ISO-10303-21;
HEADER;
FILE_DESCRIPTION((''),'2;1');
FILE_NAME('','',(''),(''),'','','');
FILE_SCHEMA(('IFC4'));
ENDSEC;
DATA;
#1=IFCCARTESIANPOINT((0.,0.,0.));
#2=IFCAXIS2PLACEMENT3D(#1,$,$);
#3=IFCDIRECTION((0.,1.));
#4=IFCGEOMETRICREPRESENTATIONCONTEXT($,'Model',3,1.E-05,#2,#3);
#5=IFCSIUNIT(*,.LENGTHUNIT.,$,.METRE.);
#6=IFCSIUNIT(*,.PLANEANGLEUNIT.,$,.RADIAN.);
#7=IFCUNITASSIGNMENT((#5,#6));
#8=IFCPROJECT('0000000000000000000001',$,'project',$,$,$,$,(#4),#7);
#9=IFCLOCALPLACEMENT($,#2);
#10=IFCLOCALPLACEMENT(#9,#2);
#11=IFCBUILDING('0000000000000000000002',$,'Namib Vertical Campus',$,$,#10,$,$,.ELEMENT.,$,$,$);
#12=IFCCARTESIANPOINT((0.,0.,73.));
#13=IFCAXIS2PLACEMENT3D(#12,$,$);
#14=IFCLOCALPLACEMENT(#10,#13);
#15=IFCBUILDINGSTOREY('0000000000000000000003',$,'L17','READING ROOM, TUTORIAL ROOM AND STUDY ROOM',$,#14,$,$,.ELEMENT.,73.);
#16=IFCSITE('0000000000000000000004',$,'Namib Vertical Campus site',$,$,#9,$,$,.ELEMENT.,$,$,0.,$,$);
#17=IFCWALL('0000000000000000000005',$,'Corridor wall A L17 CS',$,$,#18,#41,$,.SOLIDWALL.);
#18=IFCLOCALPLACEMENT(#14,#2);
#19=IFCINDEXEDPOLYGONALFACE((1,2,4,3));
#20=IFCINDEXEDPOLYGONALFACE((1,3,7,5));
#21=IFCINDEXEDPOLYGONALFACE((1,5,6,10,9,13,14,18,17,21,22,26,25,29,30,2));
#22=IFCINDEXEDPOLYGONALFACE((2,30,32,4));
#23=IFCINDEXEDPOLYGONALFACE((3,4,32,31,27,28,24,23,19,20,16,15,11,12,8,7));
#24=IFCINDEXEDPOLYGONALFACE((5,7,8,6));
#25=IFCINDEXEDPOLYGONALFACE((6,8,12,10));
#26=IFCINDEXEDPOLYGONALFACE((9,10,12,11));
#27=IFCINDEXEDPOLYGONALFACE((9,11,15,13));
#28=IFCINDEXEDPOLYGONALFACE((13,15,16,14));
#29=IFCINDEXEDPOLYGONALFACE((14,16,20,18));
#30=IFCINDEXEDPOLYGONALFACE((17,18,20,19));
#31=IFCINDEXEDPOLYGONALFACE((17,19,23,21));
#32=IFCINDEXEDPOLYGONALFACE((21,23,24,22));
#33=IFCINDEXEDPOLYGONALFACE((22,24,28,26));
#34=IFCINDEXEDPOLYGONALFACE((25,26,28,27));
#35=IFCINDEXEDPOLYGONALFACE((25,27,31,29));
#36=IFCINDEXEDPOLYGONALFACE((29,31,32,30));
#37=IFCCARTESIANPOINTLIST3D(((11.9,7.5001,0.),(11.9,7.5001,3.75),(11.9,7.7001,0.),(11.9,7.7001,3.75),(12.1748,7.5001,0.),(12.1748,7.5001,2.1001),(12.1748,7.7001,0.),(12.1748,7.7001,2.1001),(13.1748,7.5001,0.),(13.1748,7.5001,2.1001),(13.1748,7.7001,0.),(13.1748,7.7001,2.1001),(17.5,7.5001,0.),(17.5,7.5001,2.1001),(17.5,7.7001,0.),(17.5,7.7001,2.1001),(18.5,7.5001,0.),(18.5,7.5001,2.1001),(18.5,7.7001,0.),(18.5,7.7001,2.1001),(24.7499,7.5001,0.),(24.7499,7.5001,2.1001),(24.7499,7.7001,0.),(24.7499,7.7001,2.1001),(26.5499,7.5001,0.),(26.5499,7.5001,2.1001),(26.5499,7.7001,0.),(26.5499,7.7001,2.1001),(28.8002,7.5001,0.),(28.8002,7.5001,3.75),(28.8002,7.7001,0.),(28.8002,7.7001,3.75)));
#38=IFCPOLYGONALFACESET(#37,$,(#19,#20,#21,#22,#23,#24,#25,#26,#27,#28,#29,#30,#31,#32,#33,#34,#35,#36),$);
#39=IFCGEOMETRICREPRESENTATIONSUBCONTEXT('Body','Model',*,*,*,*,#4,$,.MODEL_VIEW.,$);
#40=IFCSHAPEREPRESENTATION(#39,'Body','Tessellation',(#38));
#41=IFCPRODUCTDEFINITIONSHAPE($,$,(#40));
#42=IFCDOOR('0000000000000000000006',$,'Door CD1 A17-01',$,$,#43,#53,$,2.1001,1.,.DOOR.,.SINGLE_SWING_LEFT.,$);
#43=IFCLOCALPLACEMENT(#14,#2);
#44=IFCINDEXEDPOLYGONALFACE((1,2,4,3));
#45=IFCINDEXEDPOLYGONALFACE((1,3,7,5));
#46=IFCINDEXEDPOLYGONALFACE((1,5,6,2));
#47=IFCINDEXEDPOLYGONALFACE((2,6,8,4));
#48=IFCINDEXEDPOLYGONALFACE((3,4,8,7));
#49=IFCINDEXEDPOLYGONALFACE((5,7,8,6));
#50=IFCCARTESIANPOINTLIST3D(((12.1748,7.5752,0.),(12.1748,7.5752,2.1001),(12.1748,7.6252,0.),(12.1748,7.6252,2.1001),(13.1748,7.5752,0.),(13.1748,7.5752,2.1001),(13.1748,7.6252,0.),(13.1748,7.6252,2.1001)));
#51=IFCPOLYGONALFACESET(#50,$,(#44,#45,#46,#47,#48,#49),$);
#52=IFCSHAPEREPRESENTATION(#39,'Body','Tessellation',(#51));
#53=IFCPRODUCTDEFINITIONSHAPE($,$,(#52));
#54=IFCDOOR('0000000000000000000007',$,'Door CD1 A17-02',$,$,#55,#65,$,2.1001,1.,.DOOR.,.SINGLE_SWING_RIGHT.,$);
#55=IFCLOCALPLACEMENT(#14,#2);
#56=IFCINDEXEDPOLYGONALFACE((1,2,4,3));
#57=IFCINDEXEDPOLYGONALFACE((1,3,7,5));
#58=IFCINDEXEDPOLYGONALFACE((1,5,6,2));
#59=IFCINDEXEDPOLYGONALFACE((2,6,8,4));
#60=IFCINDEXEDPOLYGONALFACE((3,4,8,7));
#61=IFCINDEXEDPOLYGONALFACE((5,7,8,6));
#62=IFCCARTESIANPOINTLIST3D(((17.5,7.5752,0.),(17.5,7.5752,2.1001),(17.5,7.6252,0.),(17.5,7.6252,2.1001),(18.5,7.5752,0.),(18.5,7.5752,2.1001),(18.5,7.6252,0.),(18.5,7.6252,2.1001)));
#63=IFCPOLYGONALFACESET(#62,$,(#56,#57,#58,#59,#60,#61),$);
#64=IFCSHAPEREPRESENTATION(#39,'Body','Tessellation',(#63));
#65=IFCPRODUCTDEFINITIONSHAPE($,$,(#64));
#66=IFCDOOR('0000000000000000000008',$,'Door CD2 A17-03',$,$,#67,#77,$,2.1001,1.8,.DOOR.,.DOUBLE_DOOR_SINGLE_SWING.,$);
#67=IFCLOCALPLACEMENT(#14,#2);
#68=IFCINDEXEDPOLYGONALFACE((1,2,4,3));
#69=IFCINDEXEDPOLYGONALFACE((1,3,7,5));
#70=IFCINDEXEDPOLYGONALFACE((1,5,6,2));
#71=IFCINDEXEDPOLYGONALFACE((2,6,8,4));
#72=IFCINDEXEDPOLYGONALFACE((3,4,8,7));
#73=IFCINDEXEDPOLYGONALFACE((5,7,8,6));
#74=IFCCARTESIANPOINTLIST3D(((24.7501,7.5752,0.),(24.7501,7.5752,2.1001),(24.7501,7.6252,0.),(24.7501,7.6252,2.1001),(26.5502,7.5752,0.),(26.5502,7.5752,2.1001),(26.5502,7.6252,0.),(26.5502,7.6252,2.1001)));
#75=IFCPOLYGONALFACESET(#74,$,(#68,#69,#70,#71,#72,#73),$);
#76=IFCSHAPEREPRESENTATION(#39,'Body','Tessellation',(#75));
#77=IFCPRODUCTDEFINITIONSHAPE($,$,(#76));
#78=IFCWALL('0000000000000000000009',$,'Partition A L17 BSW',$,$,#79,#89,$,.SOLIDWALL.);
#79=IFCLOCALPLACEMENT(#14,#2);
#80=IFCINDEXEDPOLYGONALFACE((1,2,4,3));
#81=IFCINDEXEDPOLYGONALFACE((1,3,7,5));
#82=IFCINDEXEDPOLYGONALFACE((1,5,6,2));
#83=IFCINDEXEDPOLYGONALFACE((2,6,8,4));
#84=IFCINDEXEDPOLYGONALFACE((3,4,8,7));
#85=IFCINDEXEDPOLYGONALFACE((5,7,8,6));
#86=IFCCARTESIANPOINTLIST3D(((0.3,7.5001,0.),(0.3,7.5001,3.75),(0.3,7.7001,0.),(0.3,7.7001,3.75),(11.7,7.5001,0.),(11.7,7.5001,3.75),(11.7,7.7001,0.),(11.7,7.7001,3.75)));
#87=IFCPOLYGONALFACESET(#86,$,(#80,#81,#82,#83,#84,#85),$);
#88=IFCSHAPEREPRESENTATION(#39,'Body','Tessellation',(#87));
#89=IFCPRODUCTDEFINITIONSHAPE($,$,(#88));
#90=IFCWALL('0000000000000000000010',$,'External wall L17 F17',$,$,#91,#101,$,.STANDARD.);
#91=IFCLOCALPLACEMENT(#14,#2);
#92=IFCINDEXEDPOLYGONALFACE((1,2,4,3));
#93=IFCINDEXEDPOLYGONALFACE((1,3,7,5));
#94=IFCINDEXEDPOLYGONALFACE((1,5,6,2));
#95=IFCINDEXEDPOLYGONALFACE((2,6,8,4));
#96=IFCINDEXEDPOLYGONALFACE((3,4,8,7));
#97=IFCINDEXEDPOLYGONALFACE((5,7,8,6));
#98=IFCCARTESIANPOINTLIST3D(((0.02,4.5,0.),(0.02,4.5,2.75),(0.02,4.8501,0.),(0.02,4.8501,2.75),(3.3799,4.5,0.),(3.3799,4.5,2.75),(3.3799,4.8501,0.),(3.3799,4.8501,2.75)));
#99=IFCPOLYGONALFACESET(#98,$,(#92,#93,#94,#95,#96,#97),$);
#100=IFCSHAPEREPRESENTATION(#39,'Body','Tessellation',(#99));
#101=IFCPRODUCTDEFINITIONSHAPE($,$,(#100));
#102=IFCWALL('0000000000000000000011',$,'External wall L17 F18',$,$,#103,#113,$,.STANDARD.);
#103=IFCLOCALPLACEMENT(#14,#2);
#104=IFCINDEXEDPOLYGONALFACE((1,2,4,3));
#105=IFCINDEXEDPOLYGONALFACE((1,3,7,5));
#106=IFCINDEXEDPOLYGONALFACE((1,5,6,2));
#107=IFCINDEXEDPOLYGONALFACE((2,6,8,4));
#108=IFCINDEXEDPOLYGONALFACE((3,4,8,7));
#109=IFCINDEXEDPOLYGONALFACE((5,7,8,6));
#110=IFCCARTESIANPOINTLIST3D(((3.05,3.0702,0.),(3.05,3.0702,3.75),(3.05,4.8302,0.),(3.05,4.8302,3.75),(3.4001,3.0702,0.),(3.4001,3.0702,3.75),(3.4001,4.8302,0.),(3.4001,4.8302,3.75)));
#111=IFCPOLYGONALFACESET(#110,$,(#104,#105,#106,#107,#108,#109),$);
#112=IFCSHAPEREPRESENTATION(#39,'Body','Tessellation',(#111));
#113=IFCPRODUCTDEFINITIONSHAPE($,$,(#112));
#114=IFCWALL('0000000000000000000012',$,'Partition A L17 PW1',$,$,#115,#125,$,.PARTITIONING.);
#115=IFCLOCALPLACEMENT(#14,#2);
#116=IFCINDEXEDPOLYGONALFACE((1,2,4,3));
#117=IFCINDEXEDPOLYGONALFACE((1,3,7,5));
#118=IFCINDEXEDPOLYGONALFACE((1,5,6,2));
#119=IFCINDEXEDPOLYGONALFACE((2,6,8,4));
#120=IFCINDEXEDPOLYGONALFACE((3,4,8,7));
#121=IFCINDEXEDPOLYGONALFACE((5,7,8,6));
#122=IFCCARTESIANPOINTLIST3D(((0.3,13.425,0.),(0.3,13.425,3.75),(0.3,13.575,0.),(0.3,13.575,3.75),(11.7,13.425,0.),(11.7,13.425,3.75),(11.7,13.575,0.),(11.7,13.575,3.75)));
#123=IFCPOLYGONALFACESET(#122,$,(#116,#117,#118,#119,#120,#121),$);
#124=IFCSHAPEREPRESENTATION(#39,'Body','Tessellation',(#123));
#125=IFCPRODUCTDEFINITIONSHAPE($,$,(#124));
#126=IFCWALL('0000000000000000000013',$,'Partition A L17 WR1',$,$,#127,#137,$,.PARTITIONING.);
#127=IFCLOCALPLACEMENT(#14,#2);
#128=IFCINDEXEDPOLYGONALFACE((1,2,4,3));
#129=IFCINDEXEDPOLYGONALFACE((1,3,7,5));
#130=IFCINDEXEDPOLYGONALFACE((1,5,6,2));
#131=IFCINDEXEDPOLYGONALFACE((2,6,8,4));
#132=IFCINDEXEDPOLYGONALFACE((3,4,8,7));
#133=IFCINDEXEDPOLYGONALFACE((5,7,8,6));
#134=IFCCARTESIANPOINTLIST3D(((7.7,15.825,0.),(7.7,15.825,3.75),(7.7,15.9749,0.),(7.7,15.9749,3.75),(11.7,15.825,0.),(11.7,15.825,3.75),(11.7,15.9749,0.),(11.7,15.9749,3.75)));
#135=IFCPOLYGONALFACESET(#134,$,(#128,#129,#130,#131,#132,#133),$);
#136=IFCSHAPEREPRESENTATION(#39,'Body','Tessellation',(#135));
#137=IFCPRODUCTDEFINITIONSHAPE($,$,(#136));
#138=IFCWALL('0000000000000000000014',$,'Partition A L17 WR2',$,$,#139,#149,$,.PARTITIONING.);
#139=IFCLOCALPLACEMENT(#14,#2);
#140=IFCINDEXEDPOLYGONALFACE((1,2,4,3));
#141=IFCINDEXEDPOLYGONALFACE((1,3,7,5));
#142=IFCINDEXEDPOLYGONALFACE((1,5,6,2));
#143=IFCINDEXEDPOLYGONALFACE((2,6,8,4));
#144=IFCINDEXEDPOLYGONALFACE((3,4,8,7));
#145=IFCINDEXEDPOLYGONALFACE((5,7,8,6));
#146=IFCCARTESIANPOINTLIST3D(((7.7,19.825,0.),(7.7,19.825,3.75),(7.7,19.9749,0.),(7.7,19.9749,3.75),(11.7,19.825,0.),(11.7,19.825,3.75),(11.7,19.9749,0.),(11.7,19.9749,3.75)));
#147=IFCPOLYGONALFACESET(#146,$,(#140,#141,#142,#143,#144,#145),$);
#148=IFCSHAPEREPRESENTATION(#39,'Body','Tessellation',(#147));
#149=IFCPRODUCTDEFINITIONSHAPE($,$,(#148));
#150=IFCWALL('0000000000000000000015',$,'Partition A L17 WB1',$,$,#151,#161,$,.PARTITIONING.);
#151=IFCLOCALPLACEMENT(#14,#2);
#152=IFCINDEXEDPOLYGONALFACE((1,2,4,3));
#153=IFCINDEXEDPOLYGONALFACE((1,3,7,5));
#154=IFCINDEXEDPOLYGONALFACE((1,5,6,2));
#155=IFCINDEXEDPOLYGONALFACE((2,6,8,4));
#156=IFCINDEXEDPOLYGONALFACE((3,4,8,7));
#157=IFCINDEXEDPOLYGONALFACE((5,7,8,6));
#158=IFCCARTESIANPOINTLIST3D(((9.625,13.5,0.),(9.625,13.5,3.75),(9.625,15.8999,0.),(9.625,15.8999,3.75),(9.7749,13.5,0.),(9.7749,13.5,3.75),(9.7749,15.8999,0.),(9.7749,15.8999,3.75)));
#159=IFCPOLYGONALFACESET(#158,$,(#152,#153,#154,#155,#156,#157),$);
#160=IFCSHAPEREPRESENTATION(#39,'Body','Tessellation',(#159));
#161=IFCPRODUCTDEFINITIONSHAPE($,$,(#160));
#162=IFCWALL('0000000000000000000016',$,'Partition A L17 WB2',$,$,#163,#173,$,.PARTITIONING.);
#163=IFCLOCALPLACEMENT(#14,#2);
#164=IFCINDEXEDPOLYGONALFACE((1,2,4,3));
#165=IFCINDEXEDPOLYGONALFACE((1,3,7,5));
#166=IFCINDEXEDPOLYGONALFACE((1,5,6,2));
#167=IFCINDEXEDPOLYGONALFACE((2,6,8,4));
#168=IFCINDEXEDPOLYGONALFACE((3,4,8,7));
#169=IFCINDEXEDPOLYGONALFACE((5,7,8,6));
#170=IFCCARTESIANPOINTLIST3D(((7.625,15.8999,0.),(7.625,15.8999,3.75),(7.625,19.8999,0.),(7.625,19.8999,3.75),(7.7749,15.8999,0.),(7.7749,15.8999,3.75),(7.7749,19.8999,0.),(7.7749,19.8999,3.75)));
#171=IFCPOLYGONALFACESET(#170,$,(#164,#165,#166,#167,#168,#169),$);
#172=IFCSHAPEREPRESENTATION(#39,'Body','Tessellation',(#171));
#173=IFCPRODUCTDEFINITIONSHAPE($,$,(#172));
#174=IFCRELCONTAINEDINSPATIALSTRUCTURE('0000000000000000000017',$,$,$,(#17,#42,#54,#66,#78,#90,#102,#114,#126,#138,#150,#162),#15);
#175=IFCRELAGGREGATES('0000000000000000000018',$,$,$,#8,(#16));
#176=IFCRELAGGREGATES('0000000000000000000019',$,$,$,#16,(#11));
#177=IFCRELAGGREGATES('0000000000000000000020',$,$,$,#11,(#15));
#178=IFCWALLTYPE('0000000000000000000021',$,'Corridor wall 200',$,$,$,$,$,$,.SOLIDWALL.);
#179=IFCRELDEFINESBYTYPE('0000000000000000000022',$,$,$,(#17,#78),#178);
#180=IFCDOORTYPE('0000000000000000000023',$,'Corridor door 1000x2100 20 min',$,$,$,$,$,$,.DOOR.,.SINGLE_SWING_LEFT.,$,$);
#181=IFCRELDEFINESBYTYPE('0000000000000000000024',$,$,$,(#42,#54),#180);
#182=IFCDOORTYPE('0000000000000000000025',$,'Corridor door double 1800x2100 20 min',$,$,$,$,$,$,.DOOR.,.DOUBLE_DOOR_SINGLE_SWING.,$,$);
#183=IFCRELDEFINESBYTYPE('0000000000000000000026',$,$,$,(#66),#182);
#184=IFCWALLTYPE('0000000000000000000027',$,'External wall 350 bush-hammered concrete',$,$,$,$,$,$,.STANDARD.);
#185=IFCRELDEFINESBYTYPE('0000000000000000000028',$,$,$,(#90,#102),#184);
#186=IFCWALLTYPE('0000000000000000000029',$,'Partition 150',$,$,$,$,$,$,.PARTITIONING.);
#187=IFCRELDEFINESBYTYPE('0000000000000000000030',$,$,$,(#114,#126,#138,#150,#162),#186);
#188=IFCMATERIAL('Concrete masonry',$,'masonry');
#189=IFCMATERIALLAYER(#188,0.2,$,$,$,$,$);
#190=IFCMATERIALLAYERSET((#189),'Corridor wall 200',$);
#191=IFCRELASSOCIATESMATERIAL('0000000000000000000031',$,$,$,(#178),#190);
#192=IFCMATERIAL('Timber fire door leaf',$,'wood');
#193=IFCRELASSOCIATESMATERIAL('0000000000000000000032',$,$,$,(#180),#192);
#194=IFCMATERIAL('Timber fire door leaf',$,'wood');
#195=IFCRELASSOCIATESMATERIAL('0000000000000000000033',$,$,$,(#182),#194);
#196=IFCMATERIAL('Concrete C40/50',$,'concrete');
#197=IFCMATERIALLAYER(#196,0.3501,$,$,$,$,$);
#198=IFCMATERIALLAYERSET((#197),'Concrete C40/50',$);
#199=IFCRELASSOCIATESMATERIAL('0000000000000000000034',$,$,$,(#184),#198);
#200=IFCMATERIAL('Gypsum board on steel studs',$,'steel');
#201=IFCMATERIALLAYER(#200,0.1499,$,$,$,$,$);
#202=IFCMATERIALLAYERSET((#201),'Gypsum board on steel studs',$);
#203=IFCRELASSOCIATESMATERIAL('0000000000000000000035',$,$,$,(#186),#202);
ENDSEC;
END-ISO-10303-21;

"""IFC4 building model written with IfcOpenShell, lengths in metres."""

from ifc_helpers import new_model, si_unit, direction, frame, frame_2d, origin, place, context, subcontext, project, spatial, rectangle, extrude, material, layer, layer_set, type_object, element, fill, save


model = new_model("IFC4")

# Units and contexts
model_context = context("Model", 3, precision=1e-05, world=origin(), true_north=direction((0.0, 1.0)))
body_context = subcontext(model_context, "Body", "Model", "MODEL_VIEW")
ifc_project = project(units=[si_unit("LENGTHUNIT", "METRE"), si_unit("PLANEANGLEUNIT", "RADIAN")], contexts=[model_context])

# Site, building, storey
site_placement = place(None, origin())
site = spatial("IfcSite", under=ifc_project, at=site_placement, Name="Namib Vertical Campus site", CompositionType="ELEMENT", RefElevation=0.0)
building_placement = place(site_placement, origin())
building = spatial("IfcBuilding", under=site, at=building_placement, Name="Namib Vertical Campus", CompositionType="ELEMENT")
storey_placement = place(building_placement, frame((0.0, 0.0, 73.0)))
storey = spatial("IfcBuildingStorey", under=building, at=storey_placement, Name="L17", Description="READING ROOM, TUTORIAL ROOM AND STUDY ROOM", CompositionType="ELEMENT", Elevation=73.0)

# Wall, openings, doors
ifc_material_1 = material(Name="Concrete masonry", Category="masonry")
ifc_layer_1 = layer(ifc_material_1, 0.2)
ifc_layer_set_1 = layer_set([ifc_layer_1], Name="Corridor wall 200")
wall_type_1 = type_object("IfcWallType", Name="Corridor wall 200", PredefinedType="SOLIDWALL", material=ifc_layer_set_1)
wall_1_placement = place(storey_placement, frame((11.8999, 7.6001, 0.0), z_axis=(0.0, 0.0, 1.0), x_axis=(1.0, 0.0, 0.0)))
wall_1 = element("IfcWall", 1, at=wall_1_placement, inside=storey, type_object=wall_type_1, Name="Corridor wall A L17 CS", PredefinedType="SOLIDWALL", context=body_context, shape_type="SweptSolid", body=[
    extrude(rectangle(XDim=16.9001, YDim=0.2, at=frame_2d((8.4502, 0.0))), origin(), (0.0, 0.0, 1.0), 3.75),
])
opening_1_placement = place(wall_1_placement, frame((0.2749, 0.0, 0.0)))
opening_1 = element("IfcOpeningElement", 2, at=opening_1_placement, cuts=wall_1, PredefinedType="OPENING", context=body_context, shape_type="SweptSolid", body=[
    extrude(rectangle(XDim=1.0, YDim=2.1001, at=frame_2d((0.5, 1.05))), frame((0.0, 0.1099, 0.0), z_axis=(0.0, -1.0, 0.0), x_axis=(1.0, 0.0, 0.0)), (0.0, 0.0, 1.0), 0.22),
])
opening_2_placement = place(wall_1_placement, frame((5.6001, 0.0, 0.0)))
opening_2 = element("IfcOpeningElement", 3, at=opening_2_placement, cuts=wall_1, PredefinedType="OPENING", context=body_context, shape_type="SweptSolid", body=[
    extrude(rectangle(XDim=1.0, YDim=2.1001, at=frame_2d((0.5, 1.05))), frame((0.0, 0.1099, 0.0), z_axis=(0.0, -1.0, 0.0), x_axis=(1.0, 0.0, 0.0)), (0.0, 0.0, 1.0), 0.22),
])
opening_3_placement = place(wall_1_placement, frame((12.8501, 0.0, 0.0)))
opening_3 = element("IfcOpeningElement", 4, at=opening_3_placement, cuts=wall_1, PredefinedType="OPENING", context=body_context, shape_type="SweptSolid", body=[
    extrude(rectangle(XDim=1.8, YDim=2.1001, at=frame_2d((0.8999, 1.05))), frame((0.0, 0.1099, 0.0), z_axis=(0.0, -1.0, 0.0), x_axis=(1.0, 0.0, 0.0)), (0.0, 0.0, 1.0), 0.22),
])
ifc_material_2 = material(Name="Timber fire door leaf", Category="wood")
door_type_1 = type_object("IfcDoorType", Name="Corridor door 1000x2100 20 min", OperationType="SINGLE_SWING_LEFT", PredefinedType="DOOR", material=ifc_material_2)
door_1_placement = place(opening_1_placement, frame((1.0, 0.0, 0.0), z_axis=(0.0, 0.0, 1.0), x_axis=(-1.0, 0.0, 0.0)))
door_1 = element("IfcDoor", 5, at=door_1_placement, inside=storey, type_object=door_type_1, Name="Door CD1 A17-01", OperationType="SINGLE_SWING_LEFT", OverallHeight=2.1001, OverallWidth=1.0, PredefinedType="DOOR", context=body_context, shape_type="SweptSolid", body=[
    extrude(rectangle(XDim=1.0, YDim=2.1001, at=frame_2d((0.5, 1.05))), frame((0.0, 0.0249, 0.0), z_axis=(0.0, -1.0, 0.0), x_axis=(1.0, 0.0, 0.0)), (0.0, 0.0, 1.0), 0.05),
])
fill(opening_1, door_1)
door_2_placement = place(opening_2_placement, frame((1.0, 0.0, 0.0), z_axis=(0.0, 0.0, 1.0), x_axis=(-1.0, 0.0, 0.0)))
door_2 = element("IfcDoor", 6, at=door_2_placement, inside=storey, type_object=door_type_1, Name="Door CD1 A17-02", OperationType="SINGLE_SWING_RIGHT", OverallHeight=2.1001, OverallWidth=1.0, PredefinedType="DOOR", context=body_context, shape_type="SweptSolid", body=[
    extrude(rectangle(XDim=1.0, YDim=2.1001, at=frame_2d((0.5, 1.05))), frame((0.0, 0.0249, 0.0), z_axis=(0.0, -1.0, 0.0), x_axis=(1.0, 0.0, 0.0)), (0.0, 0.0, 1.0), 0.05),
])
fill(opening_2, door_2)
ifc_material_3 = material(Name="Timber fire door leaf", Category="wood")
door_type_2 = type_object("IfcDoorType", Name="Corridor door double 1800x2100 20 min", OperationType="DOUBLE_DOOR_SINGLE_SWING", PredefinedType="DOOR", material=ifc_material_3)
door_3_placement = place(opening_3_placement, frame((1.8, 0.0, 0.0), z_axis=(0.0, 0.0, 1.0), x_axis=(-1.0, 0.0, 0.0)))
door_3 = element("IfcDoor", 7, at=door_3_placement, inside=storey, type_object=door_type_2, Name="Door CD2 A17-03", OperationType="DOUBLE_DOOR_SINGLE_SWING", OverallHeight=2.1001, OverallWidth=1.8, PredefinedType="DOOR", context=body_context, shape_type="SweptSolid", body=[
    extrude(rectangle(XDim=1.8, YDim=2.1001, at=frame_2d((0.8999, 1.05))), frame((0.0, 0.0249, 0.0), z_axis=(0.0, -1.0, 0.0), x_axis=(1.0, 0.0, 0.0)), (0.0, 0.0, 1.0), 0.05),
])
fill(opening_3, door_3)

# Walls
wall_2_placement = place(storey_placement, frame((0.3, 7.6001, 0.0), z_axis=(0.0, 0.0, 1.0), x_axis=(1.0, 0.0, 0.0)))
element("IfcWall", 8, at=wall_2_placement, inside=storey, type_object=wall_type_1, Name="Partition A L17 BSW", PredefinedType="SOLIDWALL", context=body_context, shape_type="SweptSolid", body=[
    extrude(rectangle(XDim=11.3999, YDim=0.2, at=frame_2d((5.7, 0.0))), origin(), (0.0, 0.0, 1.0), 3.75),
])
ifc_material_4 = material(Name="Concrete C40/50", Category="concrete")
ifc_layer_2 = layer(ifc_material_4, 0.3501)
ifc_layer_set_2 = layer_set([ifc_layer_2], Name="Concrete C40/50")
wall_type_2 = type_object("IfcWallType", Name="External wall 350 bush-hammered concrete", PredefinedType="STANDARD", material=ifc_layer_set_2)
wall_3_placement = place(storey_placement, frame((0.02, 4.675, 0.0), z_axis=(0.0, 0.0, 1.0), x_axis=(1.0, 0.0, 0.0)))
element("IfcWall", 9, at=wall_3_placement, inside=storey, type_object=wall_type_2, Name="External wall L17 F17", PredefinedType="STANDARD", context=body_context, shape_type="SweptSolid", body=[
    extrude(rectangle(XDim=3.3599, YDim=0.3501, at=frame_2d((1.6799, 0.0))), origin(), (0.0, 0.0, 1.0), 2.75),
])
wall_4_placement = place(storey_placement, frame((3.2251, 4.8301, 0.0), z_axis=(0.0, 0.0, 1.0), x_axis=(0.0, -1.0, 0.0)))
element("IfcWall", 10, at=wall_4_placement, inside=storey, type_object=wall_type_2, Name="External wall L17 F18", PredefinedType="STANDARD", context=body_context, shape_type="SweptSolid", body=[
    extrude(rectangle(XDim=1.76, YDim=0.3501, at=frame_2d((0.8799, 0.0))), origin(), (0.0, 0.0, 1.0), 3.75),
])
ifc_material_5 = material(Name="Gypsum board on steel studs", Category="steel")
ifc_layer_3 = layer(ifc_material_5, 0.1499)
ifc_layer_set_3 = layer_set([ifc_layer_3], Name="Gypsum board on steel studs")
wall_type_3 = type_object("IfcWallType", Name="Partition 150", PredefinedType="PARTITIONING", material=ifc_layer_set_3)
wall_5_placement = place(storey_placement, frame((0.3, 13.5, 0.0), z_axis=(0.0, 0.0, 1.0), x_axis=(1.0, 0.0, 0.0)))
element("IfcWall", 11, at=wall_5_placement, inside=storey, type_object=wall_type_3, Name="Partition A L17 PW1", PredefinedType="PARTITIONING", context=body_context, shape_type="SweptSolid", body=[
    extrude(rectangle(XDim=11.3999, YDim=0.1499, at=frame_2d((5.7, 0.0))), origin(), (0.0, 0.0, 1.0), 3.75),
])
for number, where, z_axis, x_axis, name in (
    (12, (11.7, 15.8999, 0.0), (0.0, 0.0, 1.0), (-1.0, 0.0, 0.0), "Partition A L17 WR1"),
    (13, (11.7, 19.8999, 0.0), (0.0, 0.0, 1.0), (-1.0, 0.0, 0.0), "Partition A L17 WR2"),
):
    element("IfcWall", number, at=place(storey_placement, frame(where, z_axis=z_axis, x_axis=x_axis)), inside=storey, type_object=wall_type_3, Name=name, PredefinedType="PARTITIONING", context=body_context, shape_type="SweptSolid", body=[
        extrude(rectangle(XDim=4.0, YDim=0.1499, at=frame_2d((2.0, 0.0))), origin(), (0.0, 0.0, 1.0), 3.75),
    ])
wall_6_placement = place(storey_placement, frame((9.7, 13.5, 0.0), z_axis=(0.0, 0.0, 1.0), x_axis=(0.0, 1.0, 0.0)))
element("IfcWall", 14, at=wall_6_placement, inside=storey, type_object=wall_type_3, Name="Partition A L17 WB1", PredefinedType="PARTITIONING", context=body_context, shape_type="SweptSolid", body=[
    extrude(rectangle(XDim=2.3999, YDim=0.1499, at=frame_2d((1.2, 0.0))), origin(), (0.0, 0.0, 1.0), 3.75),
])
wall_7_placement = place(storey_placement, frame((7.7, 15.8999, 0.0), z_axis=(0.0, 0.0, 1.0), x_axis=(0.0, 1.0, 0.0)))
element("IfcWall", 15, at=wall_7_placement, inside=storey, type_object=wall_type_3, Name="Partition A L17 WB2", PredefinedType="PARTITIONING", context=body_context, shape_type="SweptSolid", body=[
    extrude(rectangle(XDim=4.0, YDim=0.1499, at=frame_2d((2.0, 0.0))), origin(), (0.0, 0.0, 1.0), 3.75),
])

save(model, "model.ifc")
